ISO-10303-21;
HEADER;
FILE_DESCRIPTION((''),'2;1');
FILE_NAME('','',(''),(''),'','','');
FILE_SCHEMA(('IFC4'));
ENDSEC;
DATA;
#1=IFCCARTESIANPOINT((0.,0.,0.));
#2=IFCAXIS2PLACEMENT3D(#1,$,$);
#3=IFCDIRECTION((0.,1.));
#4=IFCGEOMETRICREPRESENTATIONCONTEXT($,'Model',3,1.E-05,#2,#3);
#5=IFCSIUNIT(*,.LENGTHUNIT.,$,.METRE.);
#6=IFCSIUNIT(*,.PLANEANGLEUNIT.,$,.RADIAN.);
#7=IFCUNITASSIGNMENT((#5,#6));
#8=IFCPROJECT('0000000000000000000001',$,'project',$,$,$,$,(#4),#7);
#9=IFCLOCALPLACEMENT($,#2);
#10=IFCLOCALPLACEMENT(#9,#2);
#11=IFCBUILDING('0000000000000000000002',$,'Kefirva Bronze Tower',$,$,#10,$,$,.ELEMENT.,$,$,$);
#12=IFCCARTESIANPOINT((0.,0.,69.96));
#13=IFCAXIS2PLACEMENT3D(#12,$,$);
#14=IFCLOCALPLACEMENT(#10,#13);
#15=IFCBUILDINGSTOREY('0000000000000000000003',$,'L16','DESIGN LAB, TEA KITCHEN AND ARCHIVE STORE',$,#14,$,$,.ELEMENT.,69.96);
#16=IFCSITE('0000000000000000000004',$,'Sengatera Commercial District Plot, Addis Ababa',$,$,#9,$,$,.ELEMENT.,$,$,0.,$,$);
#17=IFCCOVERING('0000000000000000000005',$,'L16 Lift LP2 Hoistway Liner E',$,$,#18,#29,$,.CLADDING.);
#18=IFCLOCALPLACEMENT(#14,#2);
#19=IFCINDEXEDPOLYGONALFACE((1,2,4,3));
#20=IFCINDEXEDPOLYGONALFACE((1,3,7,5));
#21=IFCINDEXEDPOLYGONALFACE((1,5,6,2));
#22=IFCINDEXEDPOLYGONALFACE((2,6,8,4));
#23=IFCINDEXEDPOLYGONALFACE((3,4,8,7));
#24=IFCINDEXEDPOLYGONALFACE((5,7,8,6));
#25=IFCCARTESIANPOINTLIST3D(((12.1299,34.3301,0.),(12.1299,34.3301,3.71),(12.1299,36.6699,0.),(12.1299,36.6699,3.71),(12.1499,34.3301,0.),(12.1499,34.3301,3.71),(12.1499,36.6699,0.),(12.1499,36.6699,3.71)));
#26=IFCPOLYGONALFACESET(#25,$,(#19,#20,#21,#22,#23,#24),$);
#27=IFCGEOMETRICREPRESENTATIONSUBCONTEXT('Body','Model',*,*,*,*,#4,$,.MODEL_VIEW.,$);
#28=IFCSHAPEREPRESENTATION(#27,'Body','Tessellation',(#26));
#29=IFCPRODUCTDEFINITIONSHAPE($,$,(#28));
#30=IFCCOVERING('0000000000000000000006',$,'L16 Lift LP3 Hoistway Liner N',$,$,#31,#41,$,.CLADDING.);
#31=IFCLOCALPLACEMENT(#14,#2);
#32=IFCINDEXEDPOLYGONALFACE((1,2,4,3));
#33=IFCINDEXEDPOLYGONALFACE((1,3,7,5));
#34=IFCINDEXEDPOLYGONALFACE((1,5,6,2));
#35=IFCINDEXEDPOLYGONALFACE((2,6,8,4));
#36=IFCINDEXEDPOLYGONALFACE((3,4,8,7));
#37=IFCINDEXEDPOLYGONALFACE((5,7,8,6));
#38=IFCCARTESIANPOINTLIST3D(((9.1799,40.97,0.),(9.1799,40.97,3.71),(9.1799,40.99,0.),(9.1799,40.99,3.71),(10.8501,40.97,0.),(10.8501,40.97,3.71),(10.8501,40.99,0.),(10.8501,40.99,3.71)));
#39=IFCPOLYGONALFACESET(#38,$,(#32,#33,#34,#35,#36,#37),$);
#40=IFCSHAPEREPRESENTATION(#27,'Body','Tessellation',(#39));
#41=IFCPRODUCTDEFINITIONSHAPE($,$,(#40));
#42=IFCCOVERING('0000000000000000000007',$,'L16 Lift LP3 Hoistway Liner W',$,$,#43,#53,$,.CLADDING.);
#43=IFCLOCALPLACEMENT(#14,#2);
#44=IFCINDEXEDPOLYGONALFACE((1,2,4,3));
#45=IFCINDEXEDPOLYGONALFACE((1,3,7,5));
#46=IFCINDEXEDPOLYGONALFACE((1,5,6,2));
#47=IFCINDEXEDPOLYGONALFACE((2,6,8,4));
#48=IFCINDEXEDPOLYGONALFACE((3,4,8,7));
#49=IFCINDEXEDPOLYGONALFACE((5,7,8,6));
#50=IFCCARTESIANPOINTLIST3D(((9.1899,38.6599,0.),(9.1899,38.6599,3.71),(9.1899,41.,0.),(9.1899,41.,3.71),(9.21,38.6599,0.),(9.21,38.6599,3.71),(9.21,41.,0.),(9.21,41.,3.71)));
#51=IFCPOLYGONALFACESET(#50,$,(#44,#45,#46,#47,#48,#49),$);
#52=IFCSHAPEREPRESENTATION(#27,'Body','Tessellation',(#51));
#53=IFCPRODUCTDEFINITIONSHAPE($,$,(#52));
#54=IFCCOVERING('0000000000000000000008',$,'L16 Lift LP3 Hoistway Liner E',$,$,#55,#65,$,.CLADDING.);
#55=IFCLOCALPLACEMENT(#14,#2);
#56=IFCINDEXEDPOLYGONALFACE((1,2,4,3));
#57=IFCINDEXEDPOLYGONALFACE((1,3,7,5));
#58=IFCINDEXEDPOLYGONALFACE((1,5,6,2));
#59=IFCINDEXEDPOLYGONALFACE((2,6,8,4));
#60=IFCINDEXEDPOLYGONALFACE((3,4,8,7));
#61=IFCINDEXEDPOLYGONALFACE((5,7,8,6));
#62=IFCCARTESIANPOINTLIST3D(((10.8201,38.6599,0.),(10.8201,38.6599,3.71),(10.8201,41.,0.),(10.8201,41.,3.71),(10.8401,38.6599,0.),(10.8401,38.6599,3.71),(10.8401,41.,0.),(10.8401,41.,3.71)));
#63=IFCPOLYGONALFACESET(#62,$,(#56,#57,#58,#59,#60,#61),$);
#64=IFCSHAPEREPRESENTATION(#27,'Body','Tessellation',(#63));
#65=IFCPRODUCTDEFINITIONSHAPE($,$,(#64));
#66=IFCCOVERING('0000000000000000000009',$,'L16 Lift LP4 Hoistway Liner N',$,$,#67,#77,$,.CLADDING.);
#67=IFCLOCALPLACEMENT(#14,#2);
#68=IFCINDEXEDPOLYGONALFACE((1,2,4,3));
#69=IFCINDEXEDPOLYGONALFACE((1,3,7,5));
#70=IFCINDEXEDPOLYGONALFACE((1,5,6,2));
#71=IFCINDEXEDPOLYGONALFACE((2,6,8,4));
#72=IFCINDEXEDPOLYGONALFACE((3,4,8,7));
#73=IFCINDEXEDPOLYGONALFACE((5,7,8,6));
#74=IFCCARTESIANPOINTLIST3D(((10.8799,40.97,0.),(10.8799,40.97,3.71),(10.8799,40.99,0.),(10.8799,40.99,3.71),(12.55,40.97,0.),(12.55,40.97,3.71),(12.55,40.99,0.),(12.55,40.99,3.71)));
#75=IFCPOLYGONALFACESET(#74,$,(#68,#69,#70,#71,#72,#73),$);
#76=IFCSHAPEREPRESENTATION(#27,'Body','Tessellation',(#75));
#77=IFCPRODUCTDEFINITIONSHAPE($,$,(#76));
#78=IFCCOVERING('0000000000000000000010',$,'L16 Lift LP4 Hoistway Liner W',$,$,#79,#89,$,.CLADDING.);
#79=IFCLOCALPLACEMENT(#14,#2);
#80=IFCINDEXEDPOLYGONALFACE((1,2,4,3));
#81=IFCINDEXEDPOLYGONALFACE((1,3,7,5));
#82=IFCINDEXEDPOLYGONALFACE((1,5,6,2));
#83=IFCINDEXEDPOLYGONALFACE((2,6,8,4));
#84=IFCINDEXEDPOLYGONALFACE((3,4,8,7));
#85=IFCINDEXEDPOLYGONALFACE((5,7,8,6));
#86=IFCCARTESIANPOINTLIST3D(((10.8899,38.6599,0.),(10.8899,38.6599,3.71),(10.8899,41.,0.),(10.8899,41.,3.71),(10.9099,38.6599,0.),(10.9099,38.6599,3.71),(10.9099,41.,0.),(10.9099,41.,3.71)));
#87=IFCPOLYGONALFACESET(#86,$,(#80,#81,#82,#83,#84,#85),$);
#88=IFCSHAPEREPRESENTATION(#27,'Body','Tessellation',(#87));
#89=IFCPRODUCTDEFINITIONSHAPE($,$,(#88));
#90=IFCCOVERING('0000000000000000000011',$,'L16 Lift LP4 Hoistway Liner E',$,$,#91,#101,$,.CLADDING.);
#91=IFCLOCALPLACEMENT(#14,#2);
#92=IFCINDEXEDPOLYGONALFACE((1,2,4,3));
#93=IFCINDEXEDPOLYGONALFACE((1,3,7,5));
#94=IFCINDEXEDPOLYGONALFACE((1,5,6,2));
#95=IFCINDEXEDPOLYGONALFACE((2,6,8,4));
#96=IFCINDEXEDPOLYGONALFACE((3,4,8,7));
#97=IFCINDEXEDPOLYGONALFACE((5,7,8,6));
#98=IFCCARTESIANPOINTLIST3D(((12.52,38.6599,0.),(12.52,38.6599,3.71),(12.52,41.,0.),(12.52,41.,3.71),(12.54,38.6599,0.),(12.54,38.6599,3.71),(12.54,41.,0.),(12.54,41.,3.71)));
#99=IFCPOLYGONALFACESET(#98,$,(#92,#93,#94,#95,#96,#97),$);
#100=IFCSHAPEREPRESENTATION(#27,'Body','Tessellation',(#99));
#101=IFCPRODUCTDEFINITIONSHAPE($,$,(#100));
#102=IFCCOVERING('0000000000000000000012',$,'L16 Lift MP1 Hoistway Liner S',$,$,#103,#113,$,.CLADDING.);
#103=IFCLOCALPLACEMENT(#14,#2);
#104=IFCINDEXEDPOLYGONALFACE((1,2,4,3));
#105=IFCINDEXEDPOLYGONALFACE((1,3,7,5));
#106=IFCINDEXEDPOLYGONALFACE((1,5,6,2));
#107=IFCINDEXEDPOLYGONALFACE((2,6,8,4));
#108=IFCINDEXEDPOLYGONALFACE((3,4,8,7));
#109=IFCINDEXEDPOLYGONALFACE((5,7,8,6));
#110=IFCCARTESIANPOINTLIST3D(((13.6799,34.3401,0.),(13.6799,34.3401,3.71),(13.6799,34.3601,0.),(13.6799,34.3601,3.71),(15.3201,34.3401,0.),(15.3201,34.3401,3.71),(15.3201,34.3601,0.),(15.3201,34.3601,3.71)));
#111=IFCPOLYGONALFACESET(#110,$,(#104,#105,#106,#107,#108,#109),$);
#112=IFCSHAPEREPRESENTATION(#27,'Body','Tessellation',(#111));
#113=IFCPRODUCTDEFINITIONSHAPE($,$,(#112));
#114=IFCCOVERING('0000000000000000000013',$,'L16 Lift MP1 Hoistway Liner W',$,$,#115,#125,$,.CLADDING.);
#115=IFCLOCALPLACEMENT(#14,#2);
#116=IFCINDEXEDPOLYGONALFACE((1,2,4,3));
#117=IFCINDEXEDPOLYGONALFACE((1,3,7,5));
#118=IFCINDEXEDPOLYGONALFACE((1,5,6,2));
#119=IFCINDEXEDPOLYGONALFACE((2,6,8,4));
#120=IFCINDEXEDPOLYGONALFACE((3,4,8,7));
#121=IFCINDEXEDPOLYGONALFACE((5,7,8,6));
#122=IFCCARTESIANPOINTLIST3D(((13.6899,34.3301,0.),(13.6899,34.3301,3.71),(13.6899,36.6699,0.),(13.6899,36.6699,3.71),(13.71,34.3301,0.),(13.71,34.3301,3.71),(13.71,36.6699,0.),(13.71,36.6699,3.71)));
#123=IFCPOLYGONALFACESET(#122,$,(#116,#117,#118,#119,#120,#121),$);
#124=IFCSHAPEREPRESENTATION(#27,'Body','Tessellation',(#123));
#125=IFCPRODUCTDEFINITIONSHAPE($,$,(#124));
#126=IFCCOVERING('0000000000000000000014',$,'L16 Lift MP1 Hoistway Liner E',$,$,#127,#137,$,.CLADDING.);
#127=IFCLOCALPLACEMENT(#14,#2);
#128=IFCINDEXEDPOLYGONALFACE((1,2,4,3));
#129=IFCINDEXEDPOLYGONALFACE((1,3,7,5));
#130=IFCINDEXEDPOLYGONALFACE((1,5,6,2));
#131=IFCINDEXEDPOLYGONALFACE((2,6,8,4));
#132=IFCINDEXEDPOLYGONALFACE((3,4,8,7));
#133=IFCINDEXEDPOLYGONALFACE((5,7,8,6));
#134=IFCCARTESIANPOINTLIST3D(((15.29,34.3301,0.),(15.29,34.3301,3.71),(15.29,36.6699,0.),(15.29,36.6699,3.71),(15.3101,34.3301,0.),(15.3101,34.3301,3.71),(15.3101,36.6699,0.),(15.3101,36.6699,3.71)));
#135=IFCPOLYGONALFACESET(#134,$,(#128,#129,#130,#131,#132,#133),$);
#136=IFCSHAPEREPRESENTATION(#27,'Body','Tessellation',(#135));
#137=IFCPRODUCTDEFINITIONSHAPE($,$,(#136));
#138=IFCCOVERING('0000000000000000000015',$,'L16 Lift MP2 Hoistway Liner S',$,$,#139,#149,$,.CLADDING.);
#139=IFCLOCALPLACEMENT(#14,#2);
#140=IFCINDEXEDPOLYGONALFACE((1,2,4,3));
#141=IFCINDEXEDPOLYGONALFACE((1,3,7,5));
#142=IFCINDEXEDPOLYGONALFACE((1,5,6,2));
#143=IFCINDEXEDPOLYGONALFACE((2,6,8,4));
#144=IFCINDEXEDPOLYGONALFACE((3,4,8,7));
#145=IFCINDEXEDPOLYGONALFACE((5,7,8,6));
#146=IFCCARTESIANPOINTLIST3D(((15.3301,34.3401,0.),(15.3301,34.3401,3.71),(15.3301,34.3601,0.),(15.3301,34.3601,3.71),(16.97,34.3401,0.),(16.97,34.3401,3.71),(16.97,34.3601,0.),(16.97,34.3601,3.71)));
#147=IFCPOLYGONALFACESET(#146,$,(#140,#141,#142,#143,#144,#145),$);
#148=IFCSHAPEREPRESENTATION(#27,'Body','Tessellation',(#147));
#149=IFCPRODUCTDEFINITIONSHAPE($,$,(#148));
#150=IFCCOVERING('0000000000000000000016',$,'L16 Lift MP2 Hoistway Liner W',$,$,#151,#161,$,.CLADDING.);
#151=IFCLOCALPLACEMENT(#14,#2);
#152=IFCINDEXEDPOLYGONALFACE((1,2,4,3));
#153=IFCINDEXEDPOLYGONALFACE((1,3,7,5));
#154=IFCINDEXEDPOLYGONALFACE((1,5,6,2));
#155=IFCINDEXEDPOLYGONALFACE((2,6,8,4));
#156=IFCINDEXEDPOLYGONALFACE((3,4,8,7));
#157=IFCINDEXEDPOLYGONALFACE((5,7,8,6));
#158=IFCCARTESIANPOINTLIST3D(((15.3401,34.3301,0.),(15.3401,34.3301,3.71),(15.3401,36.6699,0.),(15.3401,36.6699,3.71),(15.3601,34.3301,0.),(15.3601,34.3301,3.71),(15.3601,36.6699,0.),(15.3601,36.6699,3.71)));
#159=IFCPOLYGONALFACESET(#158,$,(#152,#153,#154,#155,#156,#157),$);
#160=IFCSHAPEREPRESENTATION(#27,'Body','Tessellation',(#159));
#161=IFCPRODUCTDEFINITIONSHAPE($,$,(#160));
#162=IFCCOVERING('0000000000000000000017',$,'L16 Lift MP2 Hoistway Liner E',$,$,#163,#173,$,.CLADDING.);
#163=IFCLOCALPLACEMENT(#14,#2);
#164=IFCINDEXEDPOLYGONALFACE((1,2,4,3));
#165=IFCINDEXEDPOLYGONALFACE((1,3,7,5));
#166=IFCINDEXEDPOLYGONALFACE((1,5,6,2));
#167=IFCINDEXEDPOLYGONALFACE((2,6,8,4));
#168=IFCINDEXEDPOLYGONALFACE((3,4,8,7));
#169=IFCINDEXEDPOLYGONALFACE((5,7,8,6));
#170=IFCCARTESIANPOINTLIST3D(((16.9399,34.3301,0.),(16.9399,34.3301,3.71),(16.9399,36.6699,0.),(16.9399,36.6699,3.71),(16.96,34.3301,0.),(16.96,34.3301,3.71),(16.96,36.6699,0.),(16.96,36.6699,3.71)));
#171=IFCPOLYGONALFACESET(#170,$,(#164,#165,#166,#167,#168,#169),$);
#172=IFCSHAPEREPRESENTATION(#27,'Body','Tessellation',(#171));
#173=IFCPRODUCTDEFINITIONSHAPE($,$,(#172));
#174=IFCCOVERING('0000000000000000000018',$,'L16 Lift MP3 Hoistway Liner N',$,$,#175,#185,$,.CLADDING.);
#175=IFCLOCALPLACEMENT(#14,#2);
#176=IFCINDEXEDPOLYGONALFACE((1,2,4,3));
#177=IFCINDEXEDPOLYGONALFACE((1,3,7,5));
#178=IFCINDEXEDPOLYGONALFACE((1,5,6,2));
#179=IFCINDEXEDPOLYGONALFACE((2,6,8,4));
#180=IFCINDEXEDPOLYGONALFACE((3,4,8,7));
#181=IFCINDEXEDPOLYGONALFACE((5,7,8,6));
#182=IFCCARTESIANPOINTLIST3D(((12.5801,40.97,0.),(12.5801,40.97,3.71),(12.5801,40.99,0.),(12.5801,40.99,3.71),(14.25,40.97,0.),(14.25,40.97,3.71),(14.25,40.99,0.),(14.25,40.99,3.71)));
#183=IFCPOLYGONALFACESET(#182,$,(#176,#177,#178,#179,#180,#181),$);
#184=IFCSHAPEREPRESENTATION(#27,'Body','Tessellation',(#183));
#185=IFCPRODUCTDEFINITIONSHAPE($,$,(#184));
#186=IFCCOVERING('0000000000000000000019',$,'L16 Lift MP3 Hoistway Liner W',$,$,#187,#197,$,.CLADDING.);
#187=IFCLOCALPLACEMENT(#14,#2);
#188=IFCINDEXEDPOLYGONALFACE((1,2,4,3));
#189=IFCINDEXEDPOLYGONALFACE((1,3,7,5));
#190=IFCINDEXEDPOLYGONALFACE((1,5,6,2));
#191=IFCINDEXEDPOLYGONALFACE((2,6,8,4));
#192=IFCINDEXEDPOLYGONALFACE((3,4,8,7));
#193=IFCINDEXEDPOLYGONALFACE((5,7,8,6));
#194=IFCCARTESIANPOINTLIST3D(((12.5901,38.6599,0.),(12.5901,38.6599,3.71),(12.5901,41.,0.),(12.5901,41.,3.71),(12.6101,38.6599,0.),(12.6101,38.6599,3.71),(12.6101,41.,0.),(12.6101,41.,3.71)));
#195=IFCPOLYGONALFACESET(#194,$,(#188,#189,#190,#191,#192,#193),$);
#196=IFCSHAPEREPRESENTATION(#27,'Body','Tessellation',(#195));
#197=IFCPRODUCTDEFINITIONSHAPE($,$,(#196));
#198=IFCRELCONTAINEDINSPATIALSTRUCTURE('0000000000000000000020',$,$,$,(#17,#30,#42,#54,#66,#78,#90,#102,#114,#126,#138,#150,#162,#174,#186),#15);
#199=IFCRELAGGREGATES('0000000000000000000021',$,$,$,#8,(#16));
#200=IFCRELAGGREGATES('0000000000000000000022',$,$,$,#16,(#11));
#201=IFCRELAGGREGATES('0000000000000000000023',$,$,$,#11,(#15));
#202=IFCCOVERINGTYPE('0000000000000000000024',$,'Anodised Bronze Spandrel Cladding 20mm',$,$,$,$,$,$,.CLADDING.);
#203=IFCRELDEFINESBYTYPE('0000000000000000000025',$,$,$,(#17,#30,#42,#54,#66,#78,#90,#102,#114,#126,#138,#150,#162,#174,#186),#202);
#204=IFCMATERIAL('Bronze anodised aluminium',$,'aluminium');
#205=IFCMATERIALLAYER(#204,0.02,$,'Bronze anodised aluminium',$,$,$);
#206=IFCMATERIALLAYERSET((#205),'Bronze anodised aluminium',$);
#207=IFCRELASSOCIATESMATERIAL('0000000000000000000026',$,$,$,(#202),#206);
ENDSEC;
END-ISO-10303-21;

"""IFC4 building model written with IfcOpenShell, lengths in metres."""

from ifc_helpers import new_model, si_unit, direction, frame, origin, place, context, subcontext, project, spatial, polyline, outline, extrude, material, layer, layer_set, type_object, element, save


model = new_model("IFC4")

# Units and contexts
model_context = context("Model", 3, precision=1e-05, world=origin(), true_north=direction((0.0, 1.0)))
body_context = subcontext(model_context, "Body", "Model", "MODEL_VIEW")
ifc_project = project(units=[si_unit("LENGTHUNIT", "METRE"), si_unit("PLANEANGLEUNIT", "RADIAN")], contexts=[model_context])

# Site, building, storey
site_placement = place(None, origin())
site = spatial("IfcSite", under=ifc_project, at=site_placement, Name="Sengatera Commercial District Plot, Addis Ababa", CompositionType="ELEMENT", RefElevation=0.0)
building_placement = place(site_placement, origin())
building = spatial("IfcBuilding", under=site, at=building_placement, Name="Kefirva Bronze Tower", CompositionType="ELEMENT")
storey_placement = place(building_placement, frame((0.0, 0.0, 69.96)))
storey = spatial("IfcBuildingStorey", under=building, at=storey_placement, Name="L16", Description="DESIGN LAB, TEA KITCHEN AND ARCHIVE STORE", CompositionType="ELEMENT", Elevation=69.96)

# Coverings
ifc_material = material(Name="Bronze anodised aluminium", Category="aluminium")
ifc_layer_1 = layer(ifc_material, 0.02, Name="Bronze anodised aluminium")
ifc_layer_set_1 = layer_set([ifc_layer_1], Name="Bronze anodised aluminium")
covering_type_1 = type_object("IfcCoveringType", Name="Anodised Bronze Spandrel Cladding 20mm", PredefinedType="CLADDING", material=ifc_layer_set_1)
covering_1_placement = place(storey_placement, origin())
element("IfcCovering", 1, at=covering_1_placement, inside=storey, type_object=covering_type_1, Name="L16 Lift LP2 Hoistway Liner E", PredefinedType="CLADDING", context=body_context, shape_type="SweptSolid", body=[
    extrude(outline(polyline([(12.1299, 34.3301), (12.1499, 34.3301), (12.1499, 36.6699), (12.1299, 36.6699), (12.1299, 34.3301)])), origin(), (0.0, 0.0, 1.0), 3.71),
])
covering_2_placement = place(storey_placement, origin())
element("IfcCovering", 2, at=covering_2_placement, inside=storey, type_object=covering_type_1, Name="L16 Lift LP3 Hoistway Liner N", PredefinedType="CLADDING", context=body_context, shape_type="SweptSolid", body=[
    extrude(outline(polyline([(9.1799, 40.97), (10.8501, 40.97), (10.8501, 40.99), (9.1799, 40.99), (9.1799, 40.97)])), origin(), (0.0, 0.0, 1.0), 3.71),
])
covering_3_placement = place(storey_placement, origin())
element("IfcCovering", 3, at=covering_3_placement, inside=storey, type_object=covering_type_1, Name="L16 Lift LP3 Hoistway Liner W", PredefinedType="CLADDING", context=body_context, shape_type="SweptSolid", body=[
    extrude(outline(polyline([(9.1899, 38.6599), (9.21, 38.6599), (9.21, 41.0), (9.1899, 41.0), (9.1899, 38.6599)])), origin(), (0.0, 0.0, 1.0), 3.71),
])
covering_4_placement = place(storey_placement, origin())
element("IfcCovering", 4, at=covering_4_placement, inside=storey, type_object=covering_type_1, Name="L16 Lift LP3 Hoistway Liner E", PredefinedType="CLADDING", context=body_context, shape_type="SweptSolid", body=[
    extrude(outline(polyline([(10.8201, 38.6599), (10.8401, 38.6599), (10.8401, 41.0), (10.8201, 41.0), (10.8201, 38.6599)])), origin(), (0.0, 0.0, 1.0), 3.71),
])
covering_5_placement = place(storey_placement, origin())
element("IfcCovering", 5, at=covering_5_placement, inside=storey, type_object=covering_type_1, Name="L16 Lift LP4 Hoistway Liner N", PredefinedType="CLADDING", context=body_context, shape_type="SweptSolid", body=[
    extrude(outline(polyline([(10.8799, 40.97), (12.55, 40.97), (12.55, 40.99), (10.8799, 40.99), (10.8799, 40.97)])), origin(), (0.0, 0.0, 1.0), 3.71),
])
covering_6_placement = place(storey_placement, origin())
element("IfcCovering", 6, at=covering_6_placement, inside=storey, type_object=covering_type_1, Name="L16 Lift LP4 Hoistway Liner W", PredefinedType="CLADDING", context=body_context, shape_type="SweptSolid", body=[
    extrude(outline(polyline([(10.8899, 38.6599), (10.9099, 38.6599), (10.9099, 41.0), (10.8899, 41.0), (10.8899, 38.6599)])), origin(), (0.0, 0.0, 1.0), 3.71),
])
covering_7_placement = place(storey_placement, origin())
element("IfcCovering", 7, at=covering_7_placement, inside=storey, type_object=covering_type_1, Name="L16 Lift LP4 Hoistway Liner E", PredefinedType="CLADDING", context=body_context, shape_type="SweptSolid", body=[
    extrude(outline(polyline([(12.52, 38.6599), (12.54, 38.6599), (12.54, 41.0), (12.52, 41.0), (12.52, 38.6599)])), origin(), (0.0, 0.0, 1.0), 3.71),
])
covering_8_placement = place(storey_placement, origin())
element("IfcCovering", 8, at=covering_8_placement, inside=storey, type_object=covering_type_1, Name="L16 Lift MP1 Hoistway Liner S", PredefinedType="CLADDING", context=body_context, shape_type="SweptSolid", body=[
    extrude(outline(polyline([(13.6799, 34.3401), (15.3201, 34.3401), (15.3201, 34.3601), (13.6799, 34.3601), (13.6799, 34.3401)])), origin(), (0.0, 0.0, 1.0), 3.71),
])
covering_9_placement = place(storey_placement, origin())
element("IfcCovering", 9, at=covering_9_placement, inside=storey, type_object=covering_type_1, Name="L16 Lift MP1 Hoistway Liner W", PredefinedType="CLADDING", context=body_context, shape_type="SweptSolid", body=[
    extrude(outline(polyline([(13.6899, 34.3301), (13.71, 34.3301), (13.71, 36.6699), (13.6899, 36.6699), (13.6899, 34.3301)])), origin(), (0.0, 0.0, 1.0), 3.71),
])
covering_10_placement = place(storey_placement, origin())
element("IfcCovering", 10, at=covering_10_placement, inside=storey, type_object=covering_type_1, Name="L16 Lift MP1 Hoistway Liner E", PredefinedType="CLADDING", context=body_context, shape_type="SweptSolid", body=[
    extrude(outline(polyline([(15.29, 34.3301), (15.3101, 34.3301), (15.3101, 36.6699), (15.29, 36.6699), (15.29, 34.3301)])), origin(), (0.0, 0.0, 1.0), 3.71),
])
covering_11_placement = place(storey_placement, origin())
element("IfcCovering", 11, at=covering_11_placement, inside=storey, type_object=covering_type_1, Name="L16 Lift MP2 Hoistway Liner S", PredefinedType="CLADDING", context=body_context, shape_type="SweptSolid", body=[
    extrude(outline(polyline([(15.3301, 34.3401), (16.97, 34.3401), (16.97, 34.3601), (15.3301, 34.3601), (15.3301, 34.3401)])), origin(), (0.0, 0.0, 1.0), 3.71),
])
covering_12_placement = place(storey_placement, origin())
element("IfcCovering", 12, at=covering_12_placement, inside=storey, type_object=covering_type_1, Name="L16 Lift MP2 Hoistway Liner W", PredefinedType="CLADDING", context=body_context, shape_type="SweptSolid", body=[
    extrude(outline(polyline([(15.3401, 34.3301), (15.3601, 34.3301), (15.3601, 36.6699), (15.3401, 36.6699), (15.3401, 34.3301)])), origin(), (0.0, 0.0, 1.0), 3.71),
])
covering_13_placement = place(storey_placement, origin())
element("IfcCovering", 13, at=covering_13_placement, inside=storey, type_object=covering_type_1, Name="L16 Lift MP2 Hoistway Liner E", PredefinedType="CLADDING", context=body_context, shape_type="SweptSolid", body=[
    extrude(outline(polyline([(16.9399, 34.3301), (16.96, 34.3301), (16.96, 36.6699), (16.9399, 36.6699), (16.9399, 34.3301)])), origin(), (0.0, 0.0, 1.0), 3.71),
])
covering_14_placement = place(storey_placement, origin())
element("IfcCovering", 14, at=covering_14_placement, inside=storey, type_object=covering_type_1, Name="L16 Lift MP3 Hoistway Liner N", PredefinedType="CLADDING", context=body_context, shape_type="SweptSolid", body=[
    extrude(outline(polyline([(12.5801, 40.97), (14.25, 40.97), (14.25, 40.99), (12.5801, 40.99), (12.5801, 40.97)])), origin(), (0.0, 0.0, 1.0), 3.71),
])
covering_15_placement = place(storey_placement, origin())
element("IfcCovering", 15, at=covering_15_placement, inside=storey, type_object=covering_type_1, Name="L16 Lift MP3 Hoistway Liner W", PredefinedType="CLADDING", context=body_context, shape_type="SweptSolid", body=[
    extrude(outline(polyline([(12.5901, 38.6599), (12.6101, 38.6599), (12.6101, 41.0), (12.5901, 41.0), (12.5901, 38.6599)])), origin(), (0.0, 0.0, 1.0), 3.71),
])

save(model, "model.ifc")
